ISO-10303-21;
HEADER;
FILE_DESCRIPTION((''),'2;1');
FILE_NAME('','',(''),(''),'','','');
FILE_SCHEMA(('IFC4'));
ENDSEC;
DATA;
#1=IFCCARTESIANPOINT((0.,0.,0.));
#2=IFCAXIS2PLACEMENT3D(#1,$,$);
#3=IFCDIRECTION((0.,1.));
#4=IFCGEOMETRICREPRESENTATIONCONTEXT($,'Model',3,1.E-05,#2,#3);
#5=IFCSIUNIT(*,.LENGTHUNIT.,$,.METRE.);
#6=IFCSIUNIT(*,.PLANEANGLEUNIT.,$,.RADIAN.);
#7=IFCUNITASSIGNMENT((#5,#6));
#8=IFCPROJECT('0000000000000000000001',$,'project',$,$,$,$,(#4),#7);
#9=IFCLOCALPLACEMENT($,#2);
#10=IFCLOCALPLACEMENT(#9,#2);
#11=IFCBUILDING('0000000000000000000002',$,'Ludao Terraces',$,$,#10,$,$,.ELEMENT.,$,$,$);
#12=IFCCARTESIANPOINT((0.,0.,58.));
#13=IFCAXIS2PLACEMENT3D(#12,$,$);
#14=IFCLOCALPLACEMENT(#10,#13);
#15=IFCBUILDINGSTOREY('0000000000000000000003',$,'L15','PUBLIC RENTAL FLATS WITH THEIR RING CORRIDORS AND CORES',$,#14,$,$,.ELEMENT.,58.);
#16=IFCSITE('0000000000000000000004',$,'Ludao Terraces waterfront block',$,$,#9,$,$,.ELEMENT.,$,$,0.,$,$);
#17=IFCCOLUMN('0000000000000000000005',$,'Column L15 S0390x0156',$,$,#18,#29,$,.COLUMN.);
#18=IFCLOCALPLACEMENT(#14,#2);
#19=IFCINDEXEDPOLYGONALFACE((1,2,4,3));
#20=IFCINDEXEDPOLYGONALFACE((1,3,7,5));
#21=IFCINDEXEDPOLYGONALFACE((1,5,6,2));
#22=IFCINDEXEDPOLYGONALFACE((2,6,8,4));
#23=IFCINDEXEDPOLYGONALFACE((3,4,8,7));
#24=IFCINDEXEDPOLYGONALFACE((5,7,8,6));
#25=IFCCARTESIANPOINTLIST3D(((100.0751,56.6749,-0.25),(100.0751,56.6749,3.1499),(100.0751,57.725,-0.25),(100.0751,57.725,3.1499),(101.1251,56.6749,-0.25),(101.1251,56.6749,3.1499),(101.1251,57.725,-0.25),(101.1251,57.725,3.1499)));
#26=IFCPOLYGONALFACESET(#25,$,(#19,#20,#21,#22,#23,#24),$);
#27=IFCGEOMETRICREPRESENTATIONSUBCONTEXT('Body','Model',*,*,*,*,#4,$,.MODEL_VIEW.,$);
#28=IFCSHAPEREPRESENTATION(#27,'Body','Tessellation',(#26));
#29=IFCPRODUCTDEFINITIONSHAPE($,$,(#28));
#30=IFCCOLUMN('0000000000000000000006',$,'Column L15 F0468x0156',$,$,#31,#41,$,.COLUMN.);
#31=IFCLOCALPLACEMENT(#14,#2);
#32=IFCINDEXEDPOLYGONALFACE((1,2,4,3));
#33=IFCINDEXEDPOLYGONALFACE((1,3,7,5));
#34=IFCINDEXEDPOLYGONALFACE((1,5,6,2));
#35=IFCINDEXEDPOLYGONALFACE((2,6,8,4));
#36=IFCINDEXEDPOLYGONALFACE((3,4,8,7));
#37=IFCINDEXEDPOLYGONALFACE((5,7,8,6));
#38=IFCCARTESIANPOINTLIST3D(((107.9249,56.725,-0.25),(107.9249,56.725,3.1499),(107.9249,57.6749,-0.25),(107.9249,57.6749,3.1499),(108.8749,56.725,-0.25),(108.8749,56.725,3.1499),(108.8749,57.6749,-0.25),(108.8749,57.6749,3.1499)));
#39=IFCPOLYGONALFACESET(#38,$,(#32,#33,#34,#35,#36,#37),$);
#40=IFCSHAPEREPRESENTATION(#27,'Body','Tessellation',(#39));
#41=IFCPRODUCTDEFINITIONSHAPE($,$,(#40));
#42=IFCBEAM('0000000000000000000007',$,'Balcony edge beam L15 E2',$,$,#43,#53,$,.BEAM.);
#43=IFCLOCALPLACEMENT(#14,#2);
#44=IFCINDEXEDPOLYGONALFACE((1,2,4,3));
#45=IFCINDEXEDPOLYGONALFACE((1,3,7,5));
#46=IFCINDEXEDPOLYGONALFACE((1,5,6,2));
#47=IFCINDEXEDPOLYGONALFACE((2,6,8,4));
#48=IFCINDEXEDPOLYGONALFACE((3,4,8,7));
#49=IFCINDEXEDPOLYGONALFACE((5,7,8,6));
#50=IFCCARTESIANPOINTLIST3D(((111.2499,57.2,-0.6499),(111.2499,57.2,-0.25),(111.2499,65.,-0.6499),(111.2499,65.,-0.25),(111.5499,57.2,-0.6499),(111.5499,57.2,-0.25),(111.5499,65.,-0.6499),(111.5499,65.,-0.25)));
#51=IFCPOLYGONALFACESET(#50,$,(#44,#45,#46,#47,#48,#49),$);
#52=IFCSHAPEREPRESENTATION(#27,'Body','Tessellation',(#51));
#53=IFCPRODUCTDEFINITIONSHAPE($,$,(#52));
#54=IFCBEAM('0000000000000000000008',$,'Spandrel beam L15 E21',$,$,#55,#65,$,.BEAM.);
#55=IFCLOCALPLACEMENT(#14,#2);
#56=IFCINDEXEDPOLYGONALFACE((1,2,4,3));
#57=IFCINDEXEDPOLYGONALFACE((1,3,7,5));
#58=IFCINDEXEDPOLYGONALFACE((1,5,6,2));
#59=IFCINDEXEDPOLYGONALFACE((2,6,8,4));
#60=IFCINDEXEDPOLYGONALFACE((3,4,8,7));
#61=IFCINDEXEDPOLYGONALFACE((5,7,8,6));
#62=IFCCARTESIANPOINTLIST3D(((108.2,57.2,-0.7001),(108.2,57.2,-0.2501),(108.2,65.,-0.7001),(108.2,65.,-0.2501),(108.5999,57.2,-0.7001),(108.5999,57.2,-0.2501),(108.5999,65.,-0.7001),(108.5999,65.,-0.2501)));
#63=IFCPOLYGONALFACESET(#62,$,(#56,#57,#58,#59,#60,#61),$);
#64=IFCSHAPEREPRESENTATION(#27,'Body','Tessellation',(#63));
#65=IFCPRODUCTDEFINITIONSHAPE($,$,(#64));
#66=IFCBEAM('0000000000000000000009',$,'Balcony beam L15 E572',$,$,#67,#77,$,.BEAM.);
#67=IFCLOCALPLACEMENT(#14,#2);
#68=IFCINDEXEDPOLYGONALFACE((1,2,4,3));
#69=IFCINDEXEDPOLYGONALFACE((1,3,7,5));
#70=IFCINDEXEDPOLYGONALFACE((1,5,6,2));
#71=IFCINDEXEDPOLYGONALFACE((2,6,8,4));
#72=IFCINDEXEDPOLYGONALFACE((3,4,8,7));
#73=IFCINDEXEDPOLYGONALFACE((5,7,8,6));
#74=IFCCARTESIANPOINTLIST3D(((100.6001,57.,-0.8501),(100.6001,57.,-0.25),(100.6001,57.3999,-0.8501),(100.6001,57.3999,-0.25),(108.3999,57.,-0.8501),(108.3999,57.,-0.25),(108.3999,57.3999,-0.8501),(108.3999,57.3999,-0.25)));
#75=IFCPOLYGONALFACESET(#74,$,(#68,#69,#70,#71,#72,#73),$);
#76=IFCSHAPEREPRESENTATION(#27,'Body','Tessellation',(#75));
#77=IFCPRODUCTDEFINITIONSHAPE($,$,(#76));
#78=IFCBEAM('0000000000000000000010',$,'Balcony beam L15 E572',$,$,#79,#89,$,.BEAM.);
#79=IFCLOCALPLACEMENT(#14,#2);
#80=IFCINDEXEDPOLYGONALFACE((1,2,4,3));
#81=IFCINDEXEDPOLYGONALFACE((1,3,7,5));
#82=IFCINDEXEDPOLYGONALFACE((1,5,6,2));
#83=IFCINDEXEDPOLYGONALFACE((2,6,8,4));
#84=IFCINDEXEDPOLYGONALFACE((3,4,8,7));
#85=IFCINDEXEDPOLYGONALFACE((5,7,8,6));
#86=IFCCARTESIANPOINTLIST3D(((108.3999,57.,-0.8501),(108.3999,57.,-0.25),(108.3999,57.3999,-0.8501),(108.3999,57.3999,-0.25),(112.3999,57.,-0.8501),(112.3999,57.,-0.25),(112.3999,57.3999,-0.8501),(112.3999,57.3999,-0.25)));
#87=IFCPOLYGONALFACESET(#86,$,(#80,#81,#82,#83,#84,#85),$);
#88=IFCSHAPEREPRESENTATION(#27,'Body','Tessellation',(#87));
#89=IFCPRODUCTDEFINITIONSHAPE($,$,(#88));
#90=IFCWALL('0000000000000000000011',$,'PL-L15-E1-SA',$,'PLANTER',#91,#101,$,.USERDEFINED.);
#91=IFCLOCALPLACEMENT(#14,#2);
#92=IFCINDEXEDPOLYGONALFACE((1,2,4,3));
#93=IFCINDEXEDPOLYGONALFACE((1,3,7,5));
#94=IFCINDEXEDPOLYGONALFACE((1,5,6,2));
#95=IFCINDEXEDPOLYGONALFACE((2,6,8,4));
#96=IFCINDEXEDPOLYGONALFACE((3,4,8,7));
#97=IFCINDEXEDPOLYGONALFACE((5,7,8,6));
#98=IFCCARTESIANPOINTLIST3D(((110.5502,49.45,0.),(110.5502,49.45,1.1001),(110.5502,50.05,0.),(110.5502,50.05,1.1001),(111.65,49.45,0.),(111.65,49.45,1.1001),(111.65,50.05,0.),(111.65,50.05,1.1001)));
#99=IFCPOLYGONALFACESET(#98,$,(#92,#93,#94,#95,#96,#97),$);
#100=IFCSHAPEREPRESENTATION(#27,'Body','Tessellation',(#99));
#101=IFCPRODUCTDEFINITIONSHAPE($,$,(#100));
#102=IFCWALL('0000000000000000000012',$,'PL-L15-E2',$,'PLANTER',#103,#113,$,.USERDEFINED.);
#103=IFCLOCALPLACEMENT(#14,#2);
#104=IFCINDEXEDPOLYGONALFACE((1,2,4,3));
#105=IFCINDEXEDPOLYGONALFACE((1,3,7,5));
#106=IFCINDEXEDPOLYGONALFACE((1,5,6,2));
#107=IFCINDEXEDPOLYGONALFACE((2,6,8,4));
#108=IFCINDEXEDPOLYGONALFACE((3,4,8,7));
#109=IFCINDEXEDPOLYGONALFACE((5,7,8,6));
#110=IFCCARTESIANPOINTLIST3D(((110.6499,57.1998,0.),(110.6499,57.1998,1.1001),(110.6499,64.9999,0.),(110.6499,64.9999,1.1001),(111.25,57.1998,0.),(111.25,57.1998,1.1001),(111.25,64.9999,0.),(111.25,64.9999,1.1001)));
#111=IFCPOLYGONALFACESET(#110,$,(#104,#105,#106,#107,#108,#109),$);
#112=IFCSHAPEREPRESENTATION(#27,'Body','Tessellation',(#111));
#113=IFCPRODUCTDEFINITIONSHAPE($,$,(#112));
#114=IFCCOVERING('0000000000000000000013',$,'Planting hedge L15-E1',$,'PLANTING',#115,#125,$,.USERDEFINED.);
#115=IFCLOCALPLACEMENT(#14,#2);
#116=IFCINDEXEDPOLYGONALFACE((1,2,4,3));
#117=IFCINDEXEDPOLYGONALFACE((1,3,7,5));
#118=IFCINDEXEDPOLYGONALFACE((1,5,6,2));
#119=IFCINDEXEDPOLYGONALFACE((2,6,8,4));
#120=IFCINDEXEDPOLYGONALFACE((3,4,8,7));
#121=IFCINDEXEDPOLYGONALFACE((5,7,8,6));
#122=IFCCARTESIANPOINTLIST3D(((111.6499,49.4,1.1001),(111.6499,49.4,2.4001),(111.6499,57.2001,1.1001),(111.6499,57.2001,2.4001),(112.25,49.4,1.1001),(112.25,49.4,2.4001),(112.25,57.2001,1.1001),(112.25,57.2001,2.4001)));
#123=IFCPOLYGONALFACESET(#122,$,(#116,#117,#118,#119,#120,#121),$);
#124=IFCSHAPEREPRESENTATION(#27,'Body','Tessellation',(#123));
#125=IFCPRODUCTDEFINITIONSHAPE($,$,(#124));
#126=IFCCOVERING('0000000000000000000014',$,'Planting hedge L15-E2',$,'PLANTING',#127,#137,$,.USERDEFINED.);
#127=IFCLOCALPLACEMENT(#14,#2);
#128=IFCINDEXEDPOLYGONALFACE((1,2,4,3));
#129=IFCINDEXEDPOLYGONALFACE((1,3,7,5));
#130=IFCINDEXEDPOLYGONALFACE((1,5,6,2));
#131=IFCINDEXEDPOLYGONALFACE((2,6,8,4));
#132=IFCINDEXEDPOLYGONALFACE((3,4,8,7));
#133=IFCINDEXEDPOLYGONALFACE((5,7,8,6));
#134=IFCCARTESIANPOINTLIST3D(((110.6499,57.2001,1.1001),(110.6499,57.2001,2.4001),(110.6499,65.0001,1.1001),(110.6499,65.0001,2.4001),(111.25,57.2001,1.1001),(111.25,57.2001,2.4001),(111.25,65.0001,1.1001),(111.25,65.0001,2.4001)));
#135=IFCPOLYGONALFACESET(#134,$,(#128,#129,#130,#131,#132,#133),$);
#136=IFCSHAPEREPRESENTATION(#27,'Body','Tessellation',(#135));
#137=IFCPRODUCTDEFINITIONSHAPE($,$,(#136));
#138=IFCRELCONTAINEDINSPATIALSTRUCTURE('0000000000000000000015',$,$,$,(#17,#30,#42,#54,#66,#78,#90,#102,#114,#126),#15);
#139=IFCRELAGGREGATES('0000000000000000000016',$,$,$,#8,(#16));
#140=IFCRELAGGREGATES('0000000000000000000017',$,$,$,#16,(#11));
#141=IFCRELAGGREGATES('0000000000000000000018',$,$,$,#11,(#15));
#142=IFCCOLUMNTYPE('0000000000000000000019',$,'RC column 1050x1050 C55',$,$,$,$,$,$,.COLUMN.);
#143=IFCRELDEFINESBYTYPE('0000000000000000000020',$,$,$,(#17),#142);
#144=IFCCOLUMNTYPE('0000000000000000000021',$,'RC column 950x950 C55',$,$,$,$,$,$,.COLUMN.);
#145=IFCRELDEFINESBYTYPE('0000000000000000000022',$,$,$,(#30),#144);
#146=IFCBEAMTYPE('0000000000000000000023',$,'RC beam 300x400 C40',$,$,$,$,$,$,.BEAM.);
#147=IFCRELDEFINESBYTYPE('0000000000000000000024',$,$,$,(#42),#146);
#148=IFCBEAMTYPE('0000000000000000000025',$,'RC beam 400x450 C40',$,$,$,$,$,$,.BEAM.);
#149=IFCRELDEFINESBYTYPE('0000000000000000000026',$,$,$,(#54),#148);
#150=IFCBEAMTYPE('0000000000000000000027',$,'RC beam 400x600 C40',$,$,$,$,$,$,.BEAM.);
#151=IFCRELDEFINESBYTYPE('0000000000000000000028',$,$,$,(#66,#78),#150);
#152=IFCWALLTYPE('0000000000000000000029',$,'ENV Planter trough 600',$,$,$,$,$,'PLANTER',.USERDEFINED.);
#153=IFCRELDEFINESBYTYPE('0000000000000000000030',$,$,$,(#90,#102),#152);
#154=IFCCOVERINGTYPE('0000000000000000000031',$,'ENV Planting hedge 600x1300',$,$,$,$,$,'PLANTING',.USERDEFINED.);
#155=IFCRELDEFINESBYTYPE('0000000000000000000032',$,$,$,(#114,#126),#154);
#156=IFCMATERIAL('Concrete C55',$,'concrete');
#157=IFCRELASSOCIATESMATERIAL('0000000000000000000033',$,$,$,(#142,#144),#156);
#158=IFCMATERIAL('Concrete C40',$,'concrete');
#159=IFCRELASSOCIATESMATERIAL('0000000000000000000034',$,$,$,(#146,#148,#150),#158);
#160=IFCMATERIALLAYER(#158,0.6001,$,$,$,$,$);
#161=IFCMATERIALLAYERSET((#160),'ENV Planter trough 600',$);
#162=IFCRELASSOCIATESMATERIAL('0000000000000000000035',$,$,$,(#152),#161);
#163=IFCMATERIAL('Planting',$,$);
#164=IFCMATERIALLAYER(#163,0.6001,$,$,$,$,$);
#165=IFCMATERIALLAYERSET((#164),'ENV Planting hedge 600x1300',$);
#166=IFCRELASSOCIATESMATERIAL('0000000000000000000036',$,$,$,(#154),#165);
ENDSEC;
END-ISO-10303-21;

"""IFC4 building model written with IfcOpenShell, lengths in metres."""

from ifc_helpers import new_model, si_unit, direction, frame, frame_2d, origin, origin_2d, place, context, subcontext, project, spatial, rectangle, extrude, material, layer, layer_set, material_profile, profile_set, type_object, element, save


model = new_model("IFC4")

# Units and contexts
model_context = context("Model", 3, precision=1e-05, world=origin(), true_north=direction((0.0, 1.0)))
body_context = subcontext(model_context, "Body", "Model", "MODEL_VIEW")
ifc_project = project(units=[si_unit("LENGTHUNIT", "METRE"), si_unit("PLANEANGLEUNIT", "RADIAN")], contexts=[model_context])

# Site, building, storey
site_placement = place(None, origin())
site = spatial("IfcSite", under=ifc_project, at=site_placement, Name="Ludao Terraces waterfront block", CompositionType="ELEMENT", RefElevation=0.0)
building_placement = place(site_placement, origin())
building = spatial("IfcBuilding", under=site, at=building_placement, Name="Ludao Terraces", CompositionType="ELEMENT")
storey_placement = place(building_placement, frame((0.0, 0.0, 58.0)))
storey = spatial("IfcBuildingStorey", under=building, at=storey_placement, Name="L15", Description="PUBLIC RENTAL FLATS WITH THEIR RING CORRIDORS AND CORES", CompositionType="ELEMENT", Elevation=58.0)

# Columns
ifc_material_1 = material(Name="Concrete C55", Category="concrete")
ifc_material_profile_1 = material_profile(ifc_material_1, rectangle(XDim=1.05, YDim=1.05, at=origin_2d()), Name="1050 X 1050")
ifc_profile_set_1 = profile_set([ifc_material_profile_1], Name="Concrete C55")
column_type_1 = type_object("IfcColumnType", Name="RC column 1050x1050 C55", PredefinedType="COLUMN", material=ifc_profile_set_1)
column_1_placement = place(storey_placement, frame((100.6001, 57.2, -0.25), z_axis=(0.0, 0.0, 1.0), x_axis=(1.0, 0.0, 0.0)))
element("IfcColumn", 1, at=column_1_placement, inside=storey, type_object=column_type_1, Name="Column L15 S0390x0156", PredefinedType="COLUMN", context=body_context, shape_type="SweptSolid", body=[
    extrude(rectangle(XDim=1.05, YDim=1.05, at=origin_2d()), origin(), (0.0, 0.0, 1.0), 3.3999),
])
ifc_material_profile_2 = material_profile(ifc_material_1, rectangle(XDim=0.95, YDim=0.95, at=origin_2d()), Name="950 X 950")
ifc_profile_set_2 = profile_set([ifc_material_profile_2], Name="Concrete C55")
column_type_2 = type_object("IfcColumnType", Name="RC column 950x950 C55", PredefinedType="COLUMN", material=ifc_profile_set_2)
column_2_placement = place(storey_placement, frame((108.3999, 57.2, -0.25), z_axis=(0.0, 0.0, 1.0), x_axis=(1.0, 0.0, 0.0)))
element("IfcColumn", 2, at=column_2_placement, inside=storey, type_object=column_type_2, Name="Column L15 F0468x0156", PredefinedType="COLUMN", context=body_context, shape_type="SweptSolid", body=[
    extrude(rectangle(XDim=0.95, YDim=0.95, at=origin_2d()), origin(), (0.0, 0.0, 1.0), 3.3999),
])

# Beams
ifc_material_2 = material(Name="Concrete C40", Category="concrete")
ifc_material_profile_3 = material_profile(ifc_material_2, rectangle(XDim=0.3, YDim=0.3999, at=origin_2d()), Name="300 X 400")
ifc_profile_set_3 = profile_set([ifc_material_profile_3], Name="Concrete C40")
beam_type_1 = type_object("IfcBeamType", Name="RC beam 300x400 C40", PredefinedType="BEAM", material=ifc_profile_set_3)
beam_1_placement = place(storey_placement, frame((111.3999, 57.2, -0.45), z_axis=(0.0, 1.0, 0.0), x_axis=(-1.0, 0.0, 0.0)))
element("IfcBeam", 3, at=beam_1_placement, inside=storey, type_object=beam_type_1, Name="Balcony edge beam L15 E2", PredefinedType="BEAM", context=body_context, shape_type="SweptSolid", body=[
    extrude(rectangle(XDim=0.3, YDim=0.3999, at=origin_2d()), origin(), (0.0, 0.0, 1.0), 7.8),
])
ifc_material_profile_4 = material_profile(ifc_material_2, rectangle(XDim=0.3999, YDim=0.45, at=origin_2d()), Name="400 X 450")
ifc_profile_set_4 = profile_set([ifc_material_profile_4], Name="Concrete C40")
beam_type_2 = type_object("IfcBeamType", Name="RC beam 400x450 C40", PredefinedType="BEAM", material=ifc_profile_set_4)
beam_2_placement = place(storey_placement, frame((108.3999, 57.2, -0.4751), z_axis=(0.0, 1.0, 0.0), x_axis=(-1.0, 0.0, 0.0)))
element("IfcBeam", 4, at=beam_2_placement, inside=storey, type_object=beam_type_2, Name="Spandrel beam L15 E21", PredefinedType="BEAM", context=body_context, shape_type="SweptSolid", body=[
    extrude(rectangle(XDim=0.3999, YDim=0.45, at=origin_2d()), origin(), (0.0, 0.0, 1.0), 7.8),
])
ifc_material_profile_5 = material_profile(ifc_material_2, rectangle(XDim=0.3999, YDim=0.6001, at=origin_2d()), Name="400 X 600")
ifc_profile_set_5 = profile_set([ifc_material_profile_5], Name="Concrete C40")
beam_type_3 = type_object("IfcBeamType", Name="RC beam 400x600 C40", PredefinedType="BEAM", material=ifc_profile_set_5)
beam_3_placement = place(storey_placement, frame((100.6001, 57.2, -0.55), z_axis=(1.0, 0.0, 0.0), x_axis=(0.0, 1.0, 0.0)))
element("IfcBeam", 5, at=beam_3_placement, inside=storey, type_object=beam_type_3, Name="Balcony beam L15 E572", PredefinedType="BEAM", context=body_context, shape_type="SweptSolid", body=[
    extrude(rectangle(XDim=0.3999, YDim=0.6001, at=origin_2d()), origin(), (0.0, 0.0, 1.0), 7.7998),
])
beam_4_placement = place(storey_placement, frame((108.3999, 57.2, -0.55), z_axis=(1.0, 0.0, 0.0), x_axis=(0.0, 1.0, 0.0)))
element("IfcBeam", 6, at=beam_4_placement, inside=storey, type_object=beam_type_3, Name="Balcony beam L15 E572", PredefinedType="BEAM", context=body_context, shape_type="SweptSolid", body=[
    extrude(rectangle(XDim=0.3999, YDim=0.6001, at=origin_2d()), origin(), (0.0, 0.0, 1.0), 4.0),
])

# Walls
ifc_layer_1 = layer(ifc_material_2, 0.6001)
ifc_layer_set_1 = layer_set([ifc_layer_1], Name="ENV Planter trough 600")
wall_type_1 = type_object("IfcWallType", Name="ENV Planter trough 600", ElementType="PLANTER", PredefinedType="USERDEFINED", material=ifc_layer_set_1)
wall_1_placement = place(storey_placement, frame((111.6499, 49.75, 0.0), z_axis=(0.0, 0.0, 1.0), x_axis=(-1.0, 0.0, 0.0)))
element("IfcWall", 7, at=wall_1_placement, inside=storey, type_object=wall_type_1, Name="PL-L15-E1-SA", ObjectType="PLANTER", PredefinedType="USERDEFINED", context=body_context, shape_type="SweptSolid", body=[
    extrude(rectangle(XDim=1.0999, YDim=0.6001, at=frame_2d((0.5498, 0.0))), origin(), (0.0, 0.0, 1.0), 1.1001),
])
wall_2_placement = place(storey_placement, frame((110.95, 57.2, 0.0), z_axis=(0.0, 0.0, 1.0), x_axis=(0.0, 1.0, 0.0)))
element("IfcWall", 8, at=wall_2_placement, inside=storey, type_object=wall_type_1, Name="PL-L15-E2", ObjectType="PLANTER", PredefinedType="USERDEFINED", context=body_context, shape_type="SweptSolid", body=[
    extrude(rectangle(XDim=7.8, YDim=0.6001, at=frame_2d((3.8999, 0.0))), origin(), (0.0, 0.0, 1.0), 1.1001),
])

# Coverings
ifc_material_3 = material(Name="Planting")
ifc_layer_2 = layer(ifc_material_3, 0.6001)
ifc_layer_set_2 = layer_set([ifc_layer_2], Name="ENV Planting hedge 600x1300")
covering_type = type_object("IfcCoveringType", Name="ENV Planting hedge 600x1300", ElementType="PLANTING", PredefinedType="USERDEFINED", material=ifc_layer_set_2)
for number, where, z_axis, x_axis, name in (
    (9, (111.95, 53.3, 1.1001), (0.0, 0.0, 1.0), (1.0, 0.0, 0.0), "Planting hedge L15-E1"),
    (10, (110.95, 61.1001, 1.1001), (0.0, 0.0, 1.0), (1.0, 0.0, 0.0), "Planting hedge L15-E2"),
):
    element("IfcCovering", number, at=place(storey_placement, frame(where, z_axis=z_axis, x_axis=x_axis)), inside=storey, type_object=covering_type, Name=name, ObjectType="PLANTING", PredefinedType="USERDEFINED", context=body_context, shape_type="SweptSolid", body=[
        extrude(rectangle(XDim=0.6001, YDim=7.8, at=origin_2d()), origin(), (0.0, 0.0, 1.0), 1.3),
    ])

save(model, "model.ifc")
